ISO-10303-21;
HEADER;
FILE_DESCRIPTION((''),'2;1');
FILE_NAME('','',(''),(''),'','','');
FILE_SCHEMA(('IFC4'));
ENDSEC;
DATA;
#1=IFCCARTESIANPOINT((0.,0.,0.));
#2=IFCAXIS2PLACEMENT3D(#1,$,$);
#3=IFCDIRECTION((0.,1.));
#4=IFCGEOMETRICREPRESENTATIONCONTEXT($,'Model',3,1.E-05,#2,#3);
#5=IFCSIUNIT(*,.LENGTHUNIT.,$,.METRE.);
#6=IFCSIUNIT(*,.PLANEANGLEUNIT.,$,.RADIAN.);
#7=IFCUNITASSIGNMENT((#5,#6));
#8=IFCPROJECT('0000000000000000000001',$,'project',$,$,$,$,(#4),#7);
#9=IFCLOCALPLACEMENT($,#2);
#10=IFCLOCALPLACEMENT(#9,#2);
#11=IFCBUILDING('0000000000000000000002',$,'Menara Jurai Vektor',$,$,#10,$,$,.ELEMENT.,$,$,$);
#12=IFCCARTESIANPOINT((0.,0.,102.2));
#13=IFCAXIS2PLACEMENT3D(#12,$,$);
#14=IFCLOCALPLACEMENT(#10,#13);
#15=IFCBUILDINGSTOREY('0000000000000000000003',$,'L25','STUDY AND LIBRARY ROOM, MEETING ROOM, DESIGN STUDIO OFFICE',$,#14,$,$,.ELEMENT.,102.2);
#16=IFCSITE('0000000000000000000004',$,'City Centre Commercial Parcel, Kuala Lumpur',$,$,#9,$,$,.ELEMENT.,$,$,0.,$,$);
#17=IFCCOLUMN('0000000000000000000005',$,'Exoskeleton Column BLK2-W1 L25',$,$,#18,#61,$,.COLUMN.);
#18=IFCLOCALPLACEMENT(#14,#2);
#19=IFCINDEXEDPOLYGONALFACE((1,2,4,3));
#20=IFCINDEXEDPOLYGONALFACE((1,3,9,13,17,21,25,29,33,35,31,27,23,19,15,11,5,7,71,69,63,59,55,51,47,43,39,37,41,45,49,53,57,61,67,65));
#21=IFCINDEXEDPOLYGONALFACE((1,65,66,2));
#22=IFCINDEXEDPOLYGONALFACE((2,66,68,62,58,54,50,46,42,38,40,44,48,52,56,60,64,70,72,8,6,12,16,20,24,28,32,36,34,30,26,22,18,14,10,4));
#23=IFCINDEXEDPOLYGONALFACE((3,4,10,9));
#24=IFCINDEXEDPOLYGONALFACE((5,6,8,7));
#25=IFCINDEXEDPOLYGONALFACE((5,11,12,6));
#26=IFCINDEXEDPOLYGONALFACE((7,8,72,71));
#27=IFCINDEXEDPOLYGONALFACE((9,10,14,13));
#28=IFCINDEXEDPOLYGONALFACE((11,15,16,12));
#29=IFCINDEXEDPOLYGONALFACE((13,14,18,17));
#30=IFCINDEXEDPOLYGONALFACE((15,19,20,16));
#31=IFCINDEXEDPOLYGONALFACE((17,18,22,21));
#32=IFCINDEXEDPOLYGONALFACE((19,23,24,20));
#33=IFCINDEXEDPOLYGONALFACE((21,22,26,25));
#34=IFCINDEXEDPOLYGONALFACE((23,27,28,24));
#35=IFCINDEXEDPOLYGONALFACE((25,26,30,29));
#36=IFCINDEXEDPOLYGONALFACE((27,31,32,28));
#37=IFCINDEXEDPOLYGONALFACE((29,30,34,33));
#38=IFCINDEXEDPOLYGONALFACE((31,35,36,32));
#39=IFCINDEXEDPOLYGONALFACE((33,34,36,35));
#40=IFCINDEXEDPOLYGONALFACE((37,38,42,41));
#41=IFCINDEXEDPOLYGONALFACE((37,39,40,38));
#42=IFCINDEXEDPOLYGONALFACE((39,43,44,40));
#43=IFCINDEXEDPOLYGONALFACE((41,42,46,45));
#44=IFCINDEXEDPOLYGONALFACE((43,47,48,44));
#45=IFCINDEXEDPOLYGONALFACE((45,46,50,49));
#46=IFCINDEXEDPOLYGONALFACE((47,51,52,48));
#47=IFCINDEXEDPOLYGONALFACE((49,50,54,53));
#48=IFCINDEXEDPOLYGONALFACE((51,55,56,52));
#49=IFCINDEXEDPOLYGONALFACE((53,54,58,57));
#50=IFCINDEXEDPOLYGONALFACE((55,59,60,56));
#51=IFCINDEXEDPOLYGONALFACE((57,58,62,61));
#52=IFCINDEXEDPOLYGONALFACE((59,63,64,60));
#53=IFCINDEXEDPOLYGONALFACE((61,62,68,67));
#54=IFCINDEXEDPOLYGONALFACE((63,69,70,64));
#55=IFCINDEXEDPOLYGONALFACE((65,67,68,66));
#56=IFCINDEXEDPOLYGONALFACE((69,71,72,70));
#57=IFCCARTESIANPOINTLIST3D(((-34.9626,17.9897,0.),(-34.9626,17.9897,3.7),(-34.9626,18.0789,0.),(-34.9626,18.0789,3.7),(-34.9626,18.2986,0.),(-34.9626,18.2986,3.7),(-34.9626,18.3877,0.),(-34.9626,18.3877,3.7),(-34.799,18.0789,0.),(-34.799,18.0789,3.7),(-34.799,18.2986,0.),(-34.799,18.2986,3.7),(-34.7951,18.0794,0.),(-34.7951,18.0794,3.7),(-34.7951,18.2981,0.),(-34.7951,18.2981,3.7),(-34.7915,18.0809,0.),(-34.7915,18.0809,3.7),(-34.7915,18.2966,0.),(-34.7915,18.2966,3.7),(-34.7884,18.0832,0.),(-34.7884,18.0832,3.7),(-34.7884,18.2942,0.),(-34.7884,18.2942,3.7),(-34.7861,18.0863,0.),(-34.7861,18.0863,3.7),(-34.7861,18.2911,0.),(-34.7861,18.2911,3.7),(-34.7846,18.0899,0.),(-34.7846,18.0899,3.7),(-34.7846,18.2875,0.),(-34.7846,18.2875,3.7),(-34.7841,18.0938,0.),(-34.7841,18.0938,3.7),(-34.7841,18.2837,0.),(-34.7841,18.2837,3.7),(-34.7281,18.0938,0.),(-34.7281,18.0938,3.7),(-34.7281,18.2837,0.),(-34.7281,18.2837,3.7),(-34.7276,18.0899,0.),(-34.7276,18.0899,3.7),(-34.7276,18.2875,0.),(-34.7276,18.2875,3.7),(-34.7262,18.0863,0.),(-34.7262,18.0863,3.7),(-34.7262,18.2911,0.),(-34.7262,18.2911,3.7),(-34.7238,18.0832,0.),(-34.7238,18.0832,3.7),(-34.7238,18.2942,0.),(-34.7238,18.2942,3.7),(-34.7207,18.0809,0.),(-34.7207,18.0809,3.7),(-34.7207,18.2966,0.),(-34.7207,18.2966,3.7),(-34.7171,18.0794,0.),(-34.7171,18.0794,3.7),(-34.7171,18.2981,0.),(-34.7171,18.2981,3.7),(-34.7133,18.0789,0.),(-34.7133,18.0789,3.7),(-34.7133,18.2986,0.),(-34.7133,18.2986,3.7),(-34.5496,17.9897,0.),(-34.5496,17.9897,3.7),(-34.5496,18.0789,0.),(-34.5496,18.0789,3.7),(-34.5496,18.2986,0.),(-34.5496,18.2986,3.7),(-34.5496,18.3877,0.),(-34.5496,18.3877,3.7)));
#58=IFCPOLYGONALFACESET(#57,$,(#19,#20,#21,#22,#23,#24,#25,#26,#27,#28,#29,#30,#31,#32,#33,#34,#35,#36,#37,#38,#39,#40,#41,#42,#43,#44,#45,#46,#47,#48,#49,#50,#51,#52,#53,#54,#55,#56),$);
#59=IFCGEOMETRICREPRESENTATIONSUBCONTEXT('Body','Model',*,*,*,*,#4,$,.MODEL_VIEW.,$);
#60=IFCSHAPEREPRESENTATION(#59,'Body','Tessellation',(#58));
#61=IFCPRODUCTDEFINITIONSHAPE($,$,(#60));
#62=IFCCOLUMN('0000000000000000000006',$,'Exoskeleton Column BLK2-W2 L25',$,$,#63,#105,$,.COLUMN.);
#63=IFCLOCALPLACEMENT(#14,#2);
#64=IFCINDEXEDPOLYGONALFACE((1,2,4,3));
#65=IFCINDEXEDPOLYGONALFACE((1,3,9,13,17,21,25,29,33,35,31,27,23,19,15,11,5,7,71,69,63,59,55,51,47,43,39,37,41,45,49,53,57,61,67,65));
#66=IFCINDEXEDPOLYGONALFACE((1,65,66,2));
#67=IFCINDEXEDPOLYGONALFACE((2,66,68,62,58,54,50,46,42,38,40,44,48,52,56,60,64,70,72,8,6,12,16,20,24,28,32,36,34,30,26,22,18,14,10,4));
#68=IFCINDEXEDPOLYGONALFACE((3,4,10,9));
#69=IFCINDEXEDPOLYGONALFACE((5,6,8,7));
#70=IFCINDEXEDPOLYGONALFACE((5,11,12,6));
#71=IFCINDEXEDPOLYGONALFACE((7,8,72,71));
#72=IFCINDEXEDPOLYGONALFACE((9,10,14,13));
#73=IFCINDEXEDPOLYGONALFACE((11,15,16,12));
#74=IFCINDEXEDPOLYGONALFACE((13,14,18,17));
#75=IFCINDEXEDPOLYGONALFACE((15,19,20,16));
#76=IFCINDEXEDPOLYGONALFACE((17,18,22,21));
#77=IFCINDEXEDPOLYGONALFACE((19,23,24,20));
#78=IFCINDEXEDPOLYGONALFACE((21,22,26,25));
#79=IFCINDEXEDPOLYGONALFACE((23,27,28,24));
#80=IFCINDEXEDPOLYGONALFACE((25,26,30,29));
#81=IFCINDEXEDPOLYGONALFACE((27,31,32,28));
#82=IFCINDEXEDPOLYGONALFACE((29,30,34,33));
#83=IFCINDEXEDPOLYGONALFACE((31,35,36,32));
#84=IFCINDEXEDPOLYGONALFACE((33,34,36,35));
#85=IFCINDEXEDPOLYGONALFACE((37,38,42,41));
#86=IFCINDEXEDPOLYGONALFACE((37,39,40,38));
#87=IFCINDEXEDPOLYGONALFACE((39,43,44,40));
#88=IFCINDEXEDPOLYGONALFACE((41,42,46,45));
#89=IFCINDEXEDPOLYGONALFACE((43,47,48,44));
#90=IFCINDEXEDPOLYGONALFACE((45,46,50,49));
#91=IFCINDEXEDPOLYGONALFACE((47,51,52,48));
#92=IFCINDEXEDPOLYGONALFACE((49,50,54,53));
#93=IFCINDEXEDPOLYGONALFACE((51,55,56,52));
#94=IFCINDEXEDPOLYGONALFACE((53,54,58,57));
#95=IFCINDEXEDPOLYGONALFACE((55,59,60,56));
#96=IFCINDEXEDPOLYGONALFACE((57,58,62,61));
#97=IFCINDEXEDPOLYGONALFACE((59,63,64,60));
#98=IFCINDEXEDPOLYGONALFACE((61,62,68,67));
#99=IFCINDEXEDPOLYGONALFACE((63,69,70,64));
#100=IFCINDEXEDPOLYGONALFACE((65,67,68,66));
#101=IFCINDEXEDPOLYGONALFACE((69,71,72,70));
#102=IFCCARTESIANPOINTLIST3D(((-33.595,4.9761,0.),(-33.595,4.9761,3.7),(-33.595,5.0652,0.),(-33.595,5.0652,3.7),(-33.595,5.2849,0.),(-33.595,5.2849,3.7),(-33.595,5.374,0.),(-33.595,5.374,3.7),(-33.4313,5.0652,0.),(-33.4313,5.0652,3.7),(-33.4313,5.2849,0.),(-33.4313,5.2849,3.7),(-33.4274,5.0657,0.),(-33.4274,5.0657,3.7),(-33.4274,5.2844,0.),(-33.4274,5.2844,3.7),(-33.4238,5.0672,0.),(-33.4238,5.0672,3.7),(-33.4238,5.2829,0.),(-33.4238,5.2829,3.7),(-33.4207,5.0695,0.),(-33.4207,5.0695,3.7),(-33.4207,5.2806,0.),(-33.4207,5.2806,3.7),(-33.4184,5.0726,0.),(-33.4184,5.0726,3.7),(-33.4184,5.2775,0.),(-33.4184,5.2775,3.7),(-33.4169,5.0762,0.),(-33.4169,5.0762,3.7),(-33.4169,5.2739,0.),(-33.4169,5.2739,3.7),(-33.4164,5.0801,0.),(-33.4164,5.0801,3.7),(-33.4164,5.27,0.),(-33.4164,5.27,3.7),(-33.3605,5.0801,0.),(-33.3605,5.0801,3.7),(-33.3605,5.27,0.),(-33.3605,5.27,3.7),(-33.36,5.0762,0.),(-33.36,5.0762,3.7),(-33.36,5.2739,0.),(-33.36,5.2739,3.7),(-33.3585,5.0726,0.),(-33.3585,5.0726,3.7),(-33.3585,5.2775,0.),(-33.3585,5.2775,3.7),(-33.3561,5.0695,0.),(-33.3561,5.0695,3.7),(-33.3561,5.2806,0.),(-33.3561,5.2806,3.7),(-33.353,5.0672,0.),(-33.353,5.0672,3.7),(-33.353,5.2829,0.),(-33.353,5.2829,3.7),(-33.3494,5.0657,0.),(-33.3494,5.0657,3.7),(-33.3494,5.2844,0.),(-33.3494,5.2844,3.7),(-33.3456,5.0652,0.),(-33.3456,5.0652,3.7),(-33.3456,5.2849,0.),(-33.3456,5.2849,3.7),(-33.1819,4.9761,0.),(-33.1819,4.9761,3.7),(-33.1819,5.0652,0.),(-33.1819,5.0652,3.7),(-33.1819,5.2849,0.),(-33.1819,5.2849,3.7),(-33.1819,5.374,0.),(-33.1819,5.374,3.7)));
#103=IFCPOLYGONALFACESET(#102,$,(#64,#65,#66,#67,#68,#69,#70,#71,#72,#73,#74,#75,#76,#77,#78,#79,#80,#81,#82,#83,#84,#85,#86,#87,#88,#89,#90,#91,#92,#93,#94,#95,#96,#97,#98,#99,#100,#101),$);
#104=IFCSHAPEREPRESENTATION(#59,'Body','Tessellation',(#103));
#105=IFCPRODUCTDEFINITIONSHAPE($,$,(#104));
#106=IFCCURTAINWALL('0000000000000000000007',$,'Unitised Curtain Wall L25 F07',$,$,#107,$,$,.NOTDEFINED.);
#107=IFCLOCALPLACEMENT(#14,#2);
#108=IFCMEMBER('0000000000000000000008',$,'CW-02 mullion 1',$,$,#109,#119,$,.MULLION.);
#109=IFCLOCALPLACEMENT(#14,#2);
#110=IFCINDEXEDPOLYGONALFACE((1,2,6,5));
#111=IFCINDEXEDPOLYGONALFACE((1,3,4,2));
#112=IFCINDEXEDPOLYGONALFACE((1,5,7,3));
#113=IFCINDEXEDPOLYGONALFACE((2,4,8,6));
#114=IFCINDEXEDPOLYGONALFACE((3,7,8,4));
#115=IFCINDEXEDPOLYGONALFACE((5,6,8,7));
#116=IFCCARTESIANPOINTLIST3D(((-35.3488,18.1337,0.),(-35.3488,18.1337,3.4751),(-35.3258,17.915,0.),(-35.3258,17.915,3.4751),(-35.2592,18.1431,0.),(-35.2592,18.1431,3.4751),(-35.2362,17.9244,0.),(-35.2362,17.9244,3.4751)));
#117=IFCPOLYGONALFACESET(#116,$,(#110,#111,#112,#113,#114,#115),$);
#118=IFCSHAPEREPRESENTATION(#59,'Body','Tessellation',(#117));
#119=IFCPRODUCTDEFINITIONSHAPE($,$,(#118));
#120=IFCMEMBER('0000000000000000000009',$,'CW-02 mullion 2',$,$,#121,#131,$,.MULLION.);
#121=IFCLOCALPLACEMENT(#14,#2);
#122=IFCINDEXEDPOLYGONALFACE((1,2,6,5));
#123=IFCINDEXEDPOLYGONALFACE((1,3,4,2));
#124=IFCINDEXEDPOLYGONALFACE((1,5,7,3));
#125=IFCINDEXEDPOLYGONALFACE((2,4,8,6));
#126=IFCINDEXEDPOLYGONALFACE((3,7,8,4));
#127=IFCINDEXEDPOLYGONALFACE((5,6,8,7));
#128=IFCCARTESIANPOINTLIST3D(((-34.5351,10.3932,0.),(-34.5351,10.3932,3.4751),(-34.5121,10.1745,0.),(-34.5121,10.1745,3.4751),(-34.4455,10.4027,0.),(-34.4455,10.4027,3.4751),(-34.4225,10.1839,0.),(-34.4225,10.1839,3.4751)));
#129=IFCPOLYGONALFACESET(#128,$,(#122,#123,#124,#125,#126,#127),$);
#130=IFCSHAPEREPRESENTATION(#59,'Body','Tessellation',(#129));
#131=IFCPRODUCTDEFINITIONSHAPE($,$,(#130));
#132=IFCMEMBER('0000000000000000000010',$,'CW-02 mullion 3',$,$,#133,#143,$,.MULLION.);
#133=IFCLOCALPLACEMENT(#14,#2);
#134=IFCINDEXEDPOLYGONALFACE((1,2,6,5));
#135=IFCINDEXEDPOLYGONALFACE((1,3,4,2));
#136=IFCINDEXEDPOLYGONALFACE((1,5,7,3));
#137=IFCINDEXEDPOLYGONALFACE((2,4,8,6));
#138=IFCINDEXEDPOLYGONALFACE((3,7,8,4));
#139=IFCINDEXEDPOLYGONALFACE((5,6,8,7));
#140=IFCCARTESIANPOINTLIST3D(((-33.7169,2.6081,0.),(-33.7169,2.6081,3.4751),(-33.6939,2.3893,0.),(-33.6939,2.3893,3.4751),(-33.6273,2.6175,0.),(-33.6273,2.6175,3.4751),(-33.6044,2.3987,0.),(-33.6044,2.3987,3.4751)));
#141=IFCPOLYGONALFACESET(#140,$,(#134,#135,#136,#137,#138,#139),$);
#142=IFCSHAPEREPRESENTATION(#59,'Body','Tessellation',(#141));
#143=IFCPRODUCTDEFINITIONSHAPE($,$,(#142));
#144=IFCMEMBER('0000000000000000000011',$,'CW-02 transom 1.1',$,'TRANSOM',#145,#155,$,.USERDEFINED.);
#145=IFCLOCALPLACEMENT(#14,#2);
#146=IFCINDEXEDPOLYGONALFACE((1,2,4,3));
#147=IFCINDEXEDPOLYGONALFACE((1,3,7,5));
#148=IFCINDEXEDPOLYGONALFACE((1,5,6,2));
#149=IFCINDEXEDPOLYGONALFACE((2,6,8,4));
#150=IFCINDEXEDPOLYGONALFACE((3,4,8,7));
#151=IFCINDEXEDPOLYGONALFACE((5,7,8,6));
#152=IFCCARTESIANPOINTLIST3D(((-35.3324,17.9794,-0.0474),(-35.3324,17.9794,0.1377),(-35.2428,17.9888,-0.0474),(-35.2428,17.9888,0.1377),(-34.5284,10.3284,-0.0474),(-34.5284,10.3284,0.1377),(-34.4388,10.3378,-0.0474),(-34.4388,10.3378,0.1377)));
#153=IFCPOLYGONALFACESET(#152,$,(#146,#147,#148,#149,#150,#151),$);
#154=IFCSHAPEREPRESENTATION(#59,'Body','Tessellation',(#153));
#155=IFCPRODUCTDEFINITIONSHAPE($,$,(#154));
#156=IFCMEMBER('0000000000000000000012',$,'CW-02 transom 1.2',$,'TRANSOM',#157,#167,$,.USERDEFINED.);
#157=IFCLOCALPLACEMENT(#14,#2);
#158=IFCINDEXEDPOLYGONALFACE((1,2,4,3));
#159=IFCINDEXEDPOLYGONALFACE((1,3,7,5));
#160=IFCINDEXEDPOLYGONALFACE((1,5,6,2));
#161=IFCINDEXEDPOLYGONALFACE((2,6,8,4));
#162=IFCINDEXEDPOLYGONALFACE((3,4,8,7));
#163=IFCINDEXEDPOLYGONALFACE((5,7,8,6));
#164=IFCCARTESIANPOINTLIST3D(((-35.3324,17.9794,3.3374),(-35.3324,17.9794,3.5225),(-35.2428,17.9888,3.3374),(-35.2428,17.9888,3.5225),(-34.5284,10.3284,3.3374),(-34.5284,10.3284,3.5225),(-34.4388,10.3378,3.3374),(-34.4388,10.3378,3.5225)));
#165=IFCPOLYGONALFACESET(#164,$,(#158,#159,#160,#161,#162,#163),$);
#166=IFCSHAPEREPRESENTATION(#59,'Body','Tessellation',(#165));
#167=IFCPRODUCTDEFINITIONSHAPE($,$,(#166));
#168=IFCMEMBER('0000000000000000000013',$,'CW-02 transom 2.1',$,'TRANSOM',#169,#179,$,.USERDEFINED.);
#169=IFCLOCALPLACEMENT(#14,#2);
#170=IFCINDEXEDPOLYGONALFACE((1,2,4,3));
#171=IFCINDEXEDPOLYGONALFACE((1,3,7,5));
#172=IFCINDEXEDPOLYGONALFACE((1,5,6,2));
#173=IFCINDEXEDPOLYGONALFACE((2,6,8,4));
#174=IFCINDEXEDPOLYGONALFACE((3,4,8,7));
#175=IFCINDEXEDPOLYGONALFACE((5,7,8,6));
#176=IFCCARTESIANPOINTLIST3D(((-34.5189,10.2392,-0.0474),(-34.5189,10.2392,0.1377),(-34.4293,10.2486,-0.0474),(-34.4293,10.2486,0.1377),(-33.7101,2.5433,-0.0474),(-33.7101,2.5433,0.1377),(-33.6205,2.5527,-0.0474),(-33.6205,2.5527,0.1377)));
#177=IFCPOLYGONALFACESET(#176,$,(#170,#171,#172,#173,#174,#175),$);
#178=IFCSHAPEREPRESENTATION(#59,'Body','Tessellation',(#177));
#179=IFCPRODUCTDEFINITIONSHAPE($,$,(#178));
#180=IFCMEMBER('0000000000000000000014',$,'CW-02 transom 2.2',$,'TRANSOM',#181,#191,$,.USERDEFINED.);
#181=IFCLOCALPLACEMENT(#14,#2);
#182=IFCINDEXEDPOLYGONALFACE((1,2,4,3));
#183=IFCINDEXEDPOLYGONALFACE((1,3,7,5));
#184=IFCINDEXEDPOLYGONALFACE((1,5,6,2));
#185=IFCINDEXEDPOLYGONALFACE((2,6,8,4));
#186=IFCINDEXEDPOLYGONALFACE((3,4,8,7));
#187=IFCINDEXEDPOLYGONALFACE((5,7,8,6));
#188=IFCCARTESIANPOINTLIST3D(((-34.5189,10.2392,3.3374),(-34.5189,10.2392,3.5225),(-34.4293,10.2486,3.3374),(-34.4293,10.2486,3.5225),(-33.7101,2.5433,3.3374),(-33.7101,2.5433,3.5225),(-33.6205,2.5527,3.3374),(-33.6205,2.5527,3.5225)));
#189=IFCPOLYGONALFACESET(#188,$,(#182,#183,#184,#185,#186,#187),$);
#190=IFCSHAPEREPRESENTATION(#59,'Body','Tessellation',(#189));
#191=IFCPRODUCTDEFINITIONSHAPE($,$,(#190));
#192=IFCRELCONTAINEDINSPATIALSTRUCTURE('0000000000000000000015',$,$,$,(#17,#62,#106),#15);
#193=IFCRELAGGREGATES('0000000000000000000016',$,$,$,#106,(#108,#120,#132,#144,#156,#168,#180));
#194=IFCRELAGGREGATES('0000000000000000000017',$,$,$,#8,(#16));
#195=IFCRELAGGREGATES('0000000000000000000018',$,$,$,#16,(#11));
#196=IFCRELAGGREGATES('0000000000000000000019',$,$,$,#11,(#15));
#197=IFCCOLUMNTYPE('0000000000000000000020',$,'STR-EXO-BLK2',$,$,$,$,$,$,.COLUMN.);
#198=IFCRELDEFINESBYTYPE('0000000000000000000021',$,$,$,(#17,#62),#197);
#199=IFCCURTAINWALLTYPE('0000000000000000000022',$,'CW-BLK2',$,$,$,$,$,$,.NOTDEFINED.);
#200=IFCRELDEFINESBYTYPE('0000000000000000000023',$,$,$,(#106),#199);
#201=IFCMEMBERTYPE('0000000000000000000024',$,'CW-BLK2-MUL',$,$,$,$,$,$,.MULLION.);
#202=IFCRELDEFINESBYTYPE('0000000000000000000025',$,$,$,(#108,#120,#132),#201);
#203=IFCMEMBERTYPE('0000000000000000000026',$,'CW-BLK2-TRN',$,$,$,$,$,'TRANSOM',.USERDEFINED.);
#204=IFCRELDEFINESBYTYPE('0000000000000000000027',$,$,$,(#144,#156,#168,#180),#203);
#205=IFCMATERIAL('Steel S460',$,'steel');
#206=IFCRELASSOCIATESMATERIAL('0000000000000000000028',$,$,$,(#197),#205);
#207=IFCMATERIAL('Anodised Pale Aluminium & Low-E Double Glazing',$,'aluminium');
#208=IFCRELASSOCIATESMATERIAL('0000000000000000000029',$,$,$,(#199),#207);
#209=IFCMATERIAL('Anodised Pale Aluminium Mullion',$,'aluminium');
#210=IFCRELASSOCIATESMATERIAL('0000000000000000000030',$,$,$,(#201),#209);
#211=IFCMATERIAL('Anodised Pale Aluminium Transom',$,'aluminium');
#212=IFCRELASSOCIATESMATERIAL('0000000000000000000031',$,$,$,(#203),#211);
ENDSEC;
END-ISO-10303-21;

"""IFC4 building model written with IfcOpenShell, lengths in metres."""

from ifc_helpers import new_model, si_unit, direction, frame, origin, origin_2d, place, context, subcontext, project, spatial, rectangle, i_section, extrude, material, material_profile, profile_set, type_object, element, aggregate, save


model = new_model("IFC4")

# Units and contexts
model_context = context("Model", 3, precision=1e-05, world=origin(), true_north=direction((0.0, 1.0)))
body_context = subcontext(model_context, "Body", "Model", "MODEL_VIEW")
ifc_project = project(units=[si_unit("LENGTHUNIT", "METRE"), si_unit("PLANEANGLEUNIT", "RADIAN")], contexts=[model_context])

# Site, building, storey
site_placement = place(None, origin())
site = spatial("IfcSite", under=ifc_project, at=site_placement, Name="City Centre Commercial Parcel, Kuala Lumpur", CompositionType="ELEMENT", RefElevation=0.0)
building_placement = place(site_placement, origin())
building = spatial("IfcBuilding", under=site, at=building_placement, Name="Menara Jurai Vektor", CompositionType="ELEMENT")
storey_placement = place(building_placement, frame((0.0, 0.0, 102.2)))
storey = spatial("IfcBuildingStorey", under=building, at=storey_placement, Name="L25", Description="STUDY AND LIBRARY ROOM, MEETING ROOM, DESIGN STUDIO OFFICE", CompositionType="ELEMENT", Elevation=102.2)

# Columns
ifc_material_1 = material(Name="Steel S460", Category="steel")
ifc_material_profile_1 = material_profile(ifc_material_1, i_section(OverallWidth=0.4131, OverallDepth=0.3979, WebThickness=0.0559, FlangeThickness=0.0891, FilletRadius=0.0149, at=origin_2d()), Name="HD 400x744")
ifc_profile_set_1 = profile_set([ifc_material_profile_1], Name="Steel S460")
column_type = type_object("IfcColumnType", Name="STR-EXO-BLK2", PredefinedType="COLUMN", material=ifc_profile_set_1)
for number, where, z_axis, x_axis, name in (
    (1, (-34.7561, 18.1887, 0.0), (0.0, 0.0, 1.0), (1.0, 0.0, 0.0), "Exoskeleton Column BLK2-W1 L25"),
    (2, (-33.3884, 5.175, 0.0), (0.0, 0.0, 1.0), (1.0, 0.0, 0.0), "Exoskeleton Column BLK2-W2 L25"),
):
    element("IfcColumn", number, at=place(storey_placement, frame(where, z_axis=z_axis, x_axis=x_axis)), inside=storey, type_object=column_type, Name=name, PredefinedType="COLUMN", context=body_context, shape_type="SweptSolid", body=[
        extrude(i_section(OverallWidth=0.4131, OverallDepth=0.3979, WebThickness=0.0559, FlangeThickness=0.0891, FilletRadius=0.0149, at=origin_2d()), origin(), (0.0, 0.0, 1.0), 3.7),
    ])

# Curtain wall, members
ifc_material_2 = material(Name="Anodised Pale Aluminium & Low-E Double Glazing", Category="aluminium")
curtain_wall_type = type_object("IfcCurtainWallType", Name="CW-BLK2", PredefinedType="NOTDEFINED", material=ifc_material_2)
curtain_wall_placement = place(storey_placement, origin())
curtain_wall = element("IfcCurtainWall", 3, at=curtain_wall_placement, inside=storey, type_object=curtain_wall_type, Name="Unitised Curtain Wall L25 F07", PredefinedType="NOTDEFINED")
ifc_material_3 = material(Name="Anodised Pale Aluminium Mullion", Category="aluminium")
ifc_material_profile_2 = material_profile(ifc_material_3, rectangle(XDim=0.0901, YDim=0.22, at=origin_2d()), Name="ALU MUL 90x220")
ifc_profile_set_2 = profile_set([ifc_material_profile_2], Name="Anodised Pale Aluminium Mullion")
member_type_1 = type_object("IfcMemberType", Name="CW-BLK2-MUL", PredefinedType="MULLION", material=ifc_profile_set_2)
member_1_placement = place(storey_placement, frame((-35.2925, 18.0291, 0.0), z_axis=(0.0, 0.0, 1.0), x_axis=(0.994522, 0.10453, 0.0)))
member_1 = element("IfcMember", 4, at=member_1_placement, type_object=member_type_1, Name="CW-02 mullion 1", PredefinedType="MULLION", context=body_context, shape_type="SweptSolid", body=[
    extrude(rectangle(XDim=0.0901, YDim=0.22, at=origin_2d()), origin(), (0.0, 0.0, 1.0), 3.4751),
])
member_2_placement = place(storey_placement, frame((-34.4788, 10.2886, 0.0), z_axis=(0.0, 0.0, 1.0), x_axis=(0.994522, 0.10453, 0.0)))
member_2 = element("IfcMember", 5, at=member_2_placement, type_object=member_type_1, Name="CW-02 mullion 2", PredefinedType="MULLION", context=body_context, shape_type="SweptSolid", body=[
    extrude(rectangle(XDim=0.0901, YDim=0.22, at=origin_2d()), origin(), (0.0, 0.0, 1.0), 3.4751),
])
member_3_placement = place(storey_placement, frame((-33.6606, 2.5034, 0.0), z_axis=(0.0, 0.0, 1.0), x_axis=(0.994522, 0.10453, 0.0)))
member_3 = element("IfcMember", 6, at=member_3_placement, type_object=member_type_1, Name="CW-02 mullion 3", PredefinedType="MULLION", context=body_context, shape_type="SweptSolid", body=[
    extrude(rectangle(XDim=0.0901, YDim=0.22, at=origin_2d()), origin(), (0.0, 0.0, 1.0), 3.4751),
])
ifc_material_4 = material(Name="Anodised Pale Aluminium Transom", Category="aluminium")
ifc_material_profile_3 = material_profile(ifc_material_4, rectangle(XDim=0.0901, YDim=0.1851, at=origin_2d()), Name="ALU TRN 90x185")
ifc_profile_set_3 = profile_set([ifc_material_profile_3], Name="Anodised Pale Aluminium Transom")
member_type_2 = type_object("IfcMemberType", Name="CW-BLK2-TRN", ElementType="TRANSOM", PredefinedType="USERDEFINED", material=ifc_profile_set_3)
member_4_placement = place(storey_placement, frame((-35.2876, 17.9841, 0.0452), z_axis=(0.104505, -0.994524, 0.0), x_axis=(0.994524, 0.104505, 0.0)))
member_4 = element("IfcMember", 7, at=member_4_placement, type_object=member_type_2, Name="CW-02 transom 1.1", ObjectType="TRANSOM", PredefinedType="USERDEFINED", context=body_context, shape_type="SweptSolid", body=[
    extrude(rectangle(XDim=0.0901, YDim=0.1851, at=origin_2d()), origin(), (0.0, 0.0, 1.0), 7.6931),
])
member_5_placement = place(storey_placement, frame((-35.2876, 17.9841, 3.4299), z_axis=(0.104505, -0.994524, 0.0), x_axis=(0.994524, 0.104505, 0.0)))
member_5 = element("IfcMember", 8, at=member_5_placement, type_object=member_type_2, Name="CW-02 transom 1.2", ObjectType="TRANSOM", PredefinedType="USERDEFINED", context=body_context, shape_type="SweptSolid", body=[
    extrude(rectangle(XDim=0.0901, YDim=0.1851, at=origin_2d()), origin(), (0.0, 0.0, 1.0), 7.6931),
])
member_6_placement = place(storey_placement, frame((-34.4741, 10.2439, 0.0452), z_axis=(0.104525, -0.994522, 0.0), x_axis=(0.994522, 0.104525, 0.0)))
member_6 = element("IfcMember", 9, at=member_6_placement, type_object=member_type_2, Name="CW-02 transom 2.1", ObjectType="TRANSOM", PredefinedType="USERDEFINED", context=body_context, shape_type="SweptSolid", body=[
    extrude(rectangle(XDim=0.0901, YDim=0.1851, at=origin_2d()), origin(), (0.0, 0.0, 1.0), 7.7383),
])
member_7_placement = place(storey_placement, frame((-34.4741, 10.2439, 3.4299), z_axis=(0.104525, -0.994522, 0.0), x_axis=(0.994522, 0.104525, 0.0)))
member_7 = element("IfcMember", 10, at=member_7_placement, type_object=member_type_2, Name="CW-02 transom 2.2", ObjectType="TRANSOM", PredefinedType="USERDEFINED", context=body_context, shape_type="SweptSolid", body=[
    extrude(rectangle(XDim=0.0901, YDim=0.1851, at=origin_2d()), origin(), (0.0, 0.0, 1.0), 7.7383),
])

aggregate(curtain_wall, [member_1, member_2, member_3, member_4, member_5, member_6, member_7])

save(model, "model.ifc")
